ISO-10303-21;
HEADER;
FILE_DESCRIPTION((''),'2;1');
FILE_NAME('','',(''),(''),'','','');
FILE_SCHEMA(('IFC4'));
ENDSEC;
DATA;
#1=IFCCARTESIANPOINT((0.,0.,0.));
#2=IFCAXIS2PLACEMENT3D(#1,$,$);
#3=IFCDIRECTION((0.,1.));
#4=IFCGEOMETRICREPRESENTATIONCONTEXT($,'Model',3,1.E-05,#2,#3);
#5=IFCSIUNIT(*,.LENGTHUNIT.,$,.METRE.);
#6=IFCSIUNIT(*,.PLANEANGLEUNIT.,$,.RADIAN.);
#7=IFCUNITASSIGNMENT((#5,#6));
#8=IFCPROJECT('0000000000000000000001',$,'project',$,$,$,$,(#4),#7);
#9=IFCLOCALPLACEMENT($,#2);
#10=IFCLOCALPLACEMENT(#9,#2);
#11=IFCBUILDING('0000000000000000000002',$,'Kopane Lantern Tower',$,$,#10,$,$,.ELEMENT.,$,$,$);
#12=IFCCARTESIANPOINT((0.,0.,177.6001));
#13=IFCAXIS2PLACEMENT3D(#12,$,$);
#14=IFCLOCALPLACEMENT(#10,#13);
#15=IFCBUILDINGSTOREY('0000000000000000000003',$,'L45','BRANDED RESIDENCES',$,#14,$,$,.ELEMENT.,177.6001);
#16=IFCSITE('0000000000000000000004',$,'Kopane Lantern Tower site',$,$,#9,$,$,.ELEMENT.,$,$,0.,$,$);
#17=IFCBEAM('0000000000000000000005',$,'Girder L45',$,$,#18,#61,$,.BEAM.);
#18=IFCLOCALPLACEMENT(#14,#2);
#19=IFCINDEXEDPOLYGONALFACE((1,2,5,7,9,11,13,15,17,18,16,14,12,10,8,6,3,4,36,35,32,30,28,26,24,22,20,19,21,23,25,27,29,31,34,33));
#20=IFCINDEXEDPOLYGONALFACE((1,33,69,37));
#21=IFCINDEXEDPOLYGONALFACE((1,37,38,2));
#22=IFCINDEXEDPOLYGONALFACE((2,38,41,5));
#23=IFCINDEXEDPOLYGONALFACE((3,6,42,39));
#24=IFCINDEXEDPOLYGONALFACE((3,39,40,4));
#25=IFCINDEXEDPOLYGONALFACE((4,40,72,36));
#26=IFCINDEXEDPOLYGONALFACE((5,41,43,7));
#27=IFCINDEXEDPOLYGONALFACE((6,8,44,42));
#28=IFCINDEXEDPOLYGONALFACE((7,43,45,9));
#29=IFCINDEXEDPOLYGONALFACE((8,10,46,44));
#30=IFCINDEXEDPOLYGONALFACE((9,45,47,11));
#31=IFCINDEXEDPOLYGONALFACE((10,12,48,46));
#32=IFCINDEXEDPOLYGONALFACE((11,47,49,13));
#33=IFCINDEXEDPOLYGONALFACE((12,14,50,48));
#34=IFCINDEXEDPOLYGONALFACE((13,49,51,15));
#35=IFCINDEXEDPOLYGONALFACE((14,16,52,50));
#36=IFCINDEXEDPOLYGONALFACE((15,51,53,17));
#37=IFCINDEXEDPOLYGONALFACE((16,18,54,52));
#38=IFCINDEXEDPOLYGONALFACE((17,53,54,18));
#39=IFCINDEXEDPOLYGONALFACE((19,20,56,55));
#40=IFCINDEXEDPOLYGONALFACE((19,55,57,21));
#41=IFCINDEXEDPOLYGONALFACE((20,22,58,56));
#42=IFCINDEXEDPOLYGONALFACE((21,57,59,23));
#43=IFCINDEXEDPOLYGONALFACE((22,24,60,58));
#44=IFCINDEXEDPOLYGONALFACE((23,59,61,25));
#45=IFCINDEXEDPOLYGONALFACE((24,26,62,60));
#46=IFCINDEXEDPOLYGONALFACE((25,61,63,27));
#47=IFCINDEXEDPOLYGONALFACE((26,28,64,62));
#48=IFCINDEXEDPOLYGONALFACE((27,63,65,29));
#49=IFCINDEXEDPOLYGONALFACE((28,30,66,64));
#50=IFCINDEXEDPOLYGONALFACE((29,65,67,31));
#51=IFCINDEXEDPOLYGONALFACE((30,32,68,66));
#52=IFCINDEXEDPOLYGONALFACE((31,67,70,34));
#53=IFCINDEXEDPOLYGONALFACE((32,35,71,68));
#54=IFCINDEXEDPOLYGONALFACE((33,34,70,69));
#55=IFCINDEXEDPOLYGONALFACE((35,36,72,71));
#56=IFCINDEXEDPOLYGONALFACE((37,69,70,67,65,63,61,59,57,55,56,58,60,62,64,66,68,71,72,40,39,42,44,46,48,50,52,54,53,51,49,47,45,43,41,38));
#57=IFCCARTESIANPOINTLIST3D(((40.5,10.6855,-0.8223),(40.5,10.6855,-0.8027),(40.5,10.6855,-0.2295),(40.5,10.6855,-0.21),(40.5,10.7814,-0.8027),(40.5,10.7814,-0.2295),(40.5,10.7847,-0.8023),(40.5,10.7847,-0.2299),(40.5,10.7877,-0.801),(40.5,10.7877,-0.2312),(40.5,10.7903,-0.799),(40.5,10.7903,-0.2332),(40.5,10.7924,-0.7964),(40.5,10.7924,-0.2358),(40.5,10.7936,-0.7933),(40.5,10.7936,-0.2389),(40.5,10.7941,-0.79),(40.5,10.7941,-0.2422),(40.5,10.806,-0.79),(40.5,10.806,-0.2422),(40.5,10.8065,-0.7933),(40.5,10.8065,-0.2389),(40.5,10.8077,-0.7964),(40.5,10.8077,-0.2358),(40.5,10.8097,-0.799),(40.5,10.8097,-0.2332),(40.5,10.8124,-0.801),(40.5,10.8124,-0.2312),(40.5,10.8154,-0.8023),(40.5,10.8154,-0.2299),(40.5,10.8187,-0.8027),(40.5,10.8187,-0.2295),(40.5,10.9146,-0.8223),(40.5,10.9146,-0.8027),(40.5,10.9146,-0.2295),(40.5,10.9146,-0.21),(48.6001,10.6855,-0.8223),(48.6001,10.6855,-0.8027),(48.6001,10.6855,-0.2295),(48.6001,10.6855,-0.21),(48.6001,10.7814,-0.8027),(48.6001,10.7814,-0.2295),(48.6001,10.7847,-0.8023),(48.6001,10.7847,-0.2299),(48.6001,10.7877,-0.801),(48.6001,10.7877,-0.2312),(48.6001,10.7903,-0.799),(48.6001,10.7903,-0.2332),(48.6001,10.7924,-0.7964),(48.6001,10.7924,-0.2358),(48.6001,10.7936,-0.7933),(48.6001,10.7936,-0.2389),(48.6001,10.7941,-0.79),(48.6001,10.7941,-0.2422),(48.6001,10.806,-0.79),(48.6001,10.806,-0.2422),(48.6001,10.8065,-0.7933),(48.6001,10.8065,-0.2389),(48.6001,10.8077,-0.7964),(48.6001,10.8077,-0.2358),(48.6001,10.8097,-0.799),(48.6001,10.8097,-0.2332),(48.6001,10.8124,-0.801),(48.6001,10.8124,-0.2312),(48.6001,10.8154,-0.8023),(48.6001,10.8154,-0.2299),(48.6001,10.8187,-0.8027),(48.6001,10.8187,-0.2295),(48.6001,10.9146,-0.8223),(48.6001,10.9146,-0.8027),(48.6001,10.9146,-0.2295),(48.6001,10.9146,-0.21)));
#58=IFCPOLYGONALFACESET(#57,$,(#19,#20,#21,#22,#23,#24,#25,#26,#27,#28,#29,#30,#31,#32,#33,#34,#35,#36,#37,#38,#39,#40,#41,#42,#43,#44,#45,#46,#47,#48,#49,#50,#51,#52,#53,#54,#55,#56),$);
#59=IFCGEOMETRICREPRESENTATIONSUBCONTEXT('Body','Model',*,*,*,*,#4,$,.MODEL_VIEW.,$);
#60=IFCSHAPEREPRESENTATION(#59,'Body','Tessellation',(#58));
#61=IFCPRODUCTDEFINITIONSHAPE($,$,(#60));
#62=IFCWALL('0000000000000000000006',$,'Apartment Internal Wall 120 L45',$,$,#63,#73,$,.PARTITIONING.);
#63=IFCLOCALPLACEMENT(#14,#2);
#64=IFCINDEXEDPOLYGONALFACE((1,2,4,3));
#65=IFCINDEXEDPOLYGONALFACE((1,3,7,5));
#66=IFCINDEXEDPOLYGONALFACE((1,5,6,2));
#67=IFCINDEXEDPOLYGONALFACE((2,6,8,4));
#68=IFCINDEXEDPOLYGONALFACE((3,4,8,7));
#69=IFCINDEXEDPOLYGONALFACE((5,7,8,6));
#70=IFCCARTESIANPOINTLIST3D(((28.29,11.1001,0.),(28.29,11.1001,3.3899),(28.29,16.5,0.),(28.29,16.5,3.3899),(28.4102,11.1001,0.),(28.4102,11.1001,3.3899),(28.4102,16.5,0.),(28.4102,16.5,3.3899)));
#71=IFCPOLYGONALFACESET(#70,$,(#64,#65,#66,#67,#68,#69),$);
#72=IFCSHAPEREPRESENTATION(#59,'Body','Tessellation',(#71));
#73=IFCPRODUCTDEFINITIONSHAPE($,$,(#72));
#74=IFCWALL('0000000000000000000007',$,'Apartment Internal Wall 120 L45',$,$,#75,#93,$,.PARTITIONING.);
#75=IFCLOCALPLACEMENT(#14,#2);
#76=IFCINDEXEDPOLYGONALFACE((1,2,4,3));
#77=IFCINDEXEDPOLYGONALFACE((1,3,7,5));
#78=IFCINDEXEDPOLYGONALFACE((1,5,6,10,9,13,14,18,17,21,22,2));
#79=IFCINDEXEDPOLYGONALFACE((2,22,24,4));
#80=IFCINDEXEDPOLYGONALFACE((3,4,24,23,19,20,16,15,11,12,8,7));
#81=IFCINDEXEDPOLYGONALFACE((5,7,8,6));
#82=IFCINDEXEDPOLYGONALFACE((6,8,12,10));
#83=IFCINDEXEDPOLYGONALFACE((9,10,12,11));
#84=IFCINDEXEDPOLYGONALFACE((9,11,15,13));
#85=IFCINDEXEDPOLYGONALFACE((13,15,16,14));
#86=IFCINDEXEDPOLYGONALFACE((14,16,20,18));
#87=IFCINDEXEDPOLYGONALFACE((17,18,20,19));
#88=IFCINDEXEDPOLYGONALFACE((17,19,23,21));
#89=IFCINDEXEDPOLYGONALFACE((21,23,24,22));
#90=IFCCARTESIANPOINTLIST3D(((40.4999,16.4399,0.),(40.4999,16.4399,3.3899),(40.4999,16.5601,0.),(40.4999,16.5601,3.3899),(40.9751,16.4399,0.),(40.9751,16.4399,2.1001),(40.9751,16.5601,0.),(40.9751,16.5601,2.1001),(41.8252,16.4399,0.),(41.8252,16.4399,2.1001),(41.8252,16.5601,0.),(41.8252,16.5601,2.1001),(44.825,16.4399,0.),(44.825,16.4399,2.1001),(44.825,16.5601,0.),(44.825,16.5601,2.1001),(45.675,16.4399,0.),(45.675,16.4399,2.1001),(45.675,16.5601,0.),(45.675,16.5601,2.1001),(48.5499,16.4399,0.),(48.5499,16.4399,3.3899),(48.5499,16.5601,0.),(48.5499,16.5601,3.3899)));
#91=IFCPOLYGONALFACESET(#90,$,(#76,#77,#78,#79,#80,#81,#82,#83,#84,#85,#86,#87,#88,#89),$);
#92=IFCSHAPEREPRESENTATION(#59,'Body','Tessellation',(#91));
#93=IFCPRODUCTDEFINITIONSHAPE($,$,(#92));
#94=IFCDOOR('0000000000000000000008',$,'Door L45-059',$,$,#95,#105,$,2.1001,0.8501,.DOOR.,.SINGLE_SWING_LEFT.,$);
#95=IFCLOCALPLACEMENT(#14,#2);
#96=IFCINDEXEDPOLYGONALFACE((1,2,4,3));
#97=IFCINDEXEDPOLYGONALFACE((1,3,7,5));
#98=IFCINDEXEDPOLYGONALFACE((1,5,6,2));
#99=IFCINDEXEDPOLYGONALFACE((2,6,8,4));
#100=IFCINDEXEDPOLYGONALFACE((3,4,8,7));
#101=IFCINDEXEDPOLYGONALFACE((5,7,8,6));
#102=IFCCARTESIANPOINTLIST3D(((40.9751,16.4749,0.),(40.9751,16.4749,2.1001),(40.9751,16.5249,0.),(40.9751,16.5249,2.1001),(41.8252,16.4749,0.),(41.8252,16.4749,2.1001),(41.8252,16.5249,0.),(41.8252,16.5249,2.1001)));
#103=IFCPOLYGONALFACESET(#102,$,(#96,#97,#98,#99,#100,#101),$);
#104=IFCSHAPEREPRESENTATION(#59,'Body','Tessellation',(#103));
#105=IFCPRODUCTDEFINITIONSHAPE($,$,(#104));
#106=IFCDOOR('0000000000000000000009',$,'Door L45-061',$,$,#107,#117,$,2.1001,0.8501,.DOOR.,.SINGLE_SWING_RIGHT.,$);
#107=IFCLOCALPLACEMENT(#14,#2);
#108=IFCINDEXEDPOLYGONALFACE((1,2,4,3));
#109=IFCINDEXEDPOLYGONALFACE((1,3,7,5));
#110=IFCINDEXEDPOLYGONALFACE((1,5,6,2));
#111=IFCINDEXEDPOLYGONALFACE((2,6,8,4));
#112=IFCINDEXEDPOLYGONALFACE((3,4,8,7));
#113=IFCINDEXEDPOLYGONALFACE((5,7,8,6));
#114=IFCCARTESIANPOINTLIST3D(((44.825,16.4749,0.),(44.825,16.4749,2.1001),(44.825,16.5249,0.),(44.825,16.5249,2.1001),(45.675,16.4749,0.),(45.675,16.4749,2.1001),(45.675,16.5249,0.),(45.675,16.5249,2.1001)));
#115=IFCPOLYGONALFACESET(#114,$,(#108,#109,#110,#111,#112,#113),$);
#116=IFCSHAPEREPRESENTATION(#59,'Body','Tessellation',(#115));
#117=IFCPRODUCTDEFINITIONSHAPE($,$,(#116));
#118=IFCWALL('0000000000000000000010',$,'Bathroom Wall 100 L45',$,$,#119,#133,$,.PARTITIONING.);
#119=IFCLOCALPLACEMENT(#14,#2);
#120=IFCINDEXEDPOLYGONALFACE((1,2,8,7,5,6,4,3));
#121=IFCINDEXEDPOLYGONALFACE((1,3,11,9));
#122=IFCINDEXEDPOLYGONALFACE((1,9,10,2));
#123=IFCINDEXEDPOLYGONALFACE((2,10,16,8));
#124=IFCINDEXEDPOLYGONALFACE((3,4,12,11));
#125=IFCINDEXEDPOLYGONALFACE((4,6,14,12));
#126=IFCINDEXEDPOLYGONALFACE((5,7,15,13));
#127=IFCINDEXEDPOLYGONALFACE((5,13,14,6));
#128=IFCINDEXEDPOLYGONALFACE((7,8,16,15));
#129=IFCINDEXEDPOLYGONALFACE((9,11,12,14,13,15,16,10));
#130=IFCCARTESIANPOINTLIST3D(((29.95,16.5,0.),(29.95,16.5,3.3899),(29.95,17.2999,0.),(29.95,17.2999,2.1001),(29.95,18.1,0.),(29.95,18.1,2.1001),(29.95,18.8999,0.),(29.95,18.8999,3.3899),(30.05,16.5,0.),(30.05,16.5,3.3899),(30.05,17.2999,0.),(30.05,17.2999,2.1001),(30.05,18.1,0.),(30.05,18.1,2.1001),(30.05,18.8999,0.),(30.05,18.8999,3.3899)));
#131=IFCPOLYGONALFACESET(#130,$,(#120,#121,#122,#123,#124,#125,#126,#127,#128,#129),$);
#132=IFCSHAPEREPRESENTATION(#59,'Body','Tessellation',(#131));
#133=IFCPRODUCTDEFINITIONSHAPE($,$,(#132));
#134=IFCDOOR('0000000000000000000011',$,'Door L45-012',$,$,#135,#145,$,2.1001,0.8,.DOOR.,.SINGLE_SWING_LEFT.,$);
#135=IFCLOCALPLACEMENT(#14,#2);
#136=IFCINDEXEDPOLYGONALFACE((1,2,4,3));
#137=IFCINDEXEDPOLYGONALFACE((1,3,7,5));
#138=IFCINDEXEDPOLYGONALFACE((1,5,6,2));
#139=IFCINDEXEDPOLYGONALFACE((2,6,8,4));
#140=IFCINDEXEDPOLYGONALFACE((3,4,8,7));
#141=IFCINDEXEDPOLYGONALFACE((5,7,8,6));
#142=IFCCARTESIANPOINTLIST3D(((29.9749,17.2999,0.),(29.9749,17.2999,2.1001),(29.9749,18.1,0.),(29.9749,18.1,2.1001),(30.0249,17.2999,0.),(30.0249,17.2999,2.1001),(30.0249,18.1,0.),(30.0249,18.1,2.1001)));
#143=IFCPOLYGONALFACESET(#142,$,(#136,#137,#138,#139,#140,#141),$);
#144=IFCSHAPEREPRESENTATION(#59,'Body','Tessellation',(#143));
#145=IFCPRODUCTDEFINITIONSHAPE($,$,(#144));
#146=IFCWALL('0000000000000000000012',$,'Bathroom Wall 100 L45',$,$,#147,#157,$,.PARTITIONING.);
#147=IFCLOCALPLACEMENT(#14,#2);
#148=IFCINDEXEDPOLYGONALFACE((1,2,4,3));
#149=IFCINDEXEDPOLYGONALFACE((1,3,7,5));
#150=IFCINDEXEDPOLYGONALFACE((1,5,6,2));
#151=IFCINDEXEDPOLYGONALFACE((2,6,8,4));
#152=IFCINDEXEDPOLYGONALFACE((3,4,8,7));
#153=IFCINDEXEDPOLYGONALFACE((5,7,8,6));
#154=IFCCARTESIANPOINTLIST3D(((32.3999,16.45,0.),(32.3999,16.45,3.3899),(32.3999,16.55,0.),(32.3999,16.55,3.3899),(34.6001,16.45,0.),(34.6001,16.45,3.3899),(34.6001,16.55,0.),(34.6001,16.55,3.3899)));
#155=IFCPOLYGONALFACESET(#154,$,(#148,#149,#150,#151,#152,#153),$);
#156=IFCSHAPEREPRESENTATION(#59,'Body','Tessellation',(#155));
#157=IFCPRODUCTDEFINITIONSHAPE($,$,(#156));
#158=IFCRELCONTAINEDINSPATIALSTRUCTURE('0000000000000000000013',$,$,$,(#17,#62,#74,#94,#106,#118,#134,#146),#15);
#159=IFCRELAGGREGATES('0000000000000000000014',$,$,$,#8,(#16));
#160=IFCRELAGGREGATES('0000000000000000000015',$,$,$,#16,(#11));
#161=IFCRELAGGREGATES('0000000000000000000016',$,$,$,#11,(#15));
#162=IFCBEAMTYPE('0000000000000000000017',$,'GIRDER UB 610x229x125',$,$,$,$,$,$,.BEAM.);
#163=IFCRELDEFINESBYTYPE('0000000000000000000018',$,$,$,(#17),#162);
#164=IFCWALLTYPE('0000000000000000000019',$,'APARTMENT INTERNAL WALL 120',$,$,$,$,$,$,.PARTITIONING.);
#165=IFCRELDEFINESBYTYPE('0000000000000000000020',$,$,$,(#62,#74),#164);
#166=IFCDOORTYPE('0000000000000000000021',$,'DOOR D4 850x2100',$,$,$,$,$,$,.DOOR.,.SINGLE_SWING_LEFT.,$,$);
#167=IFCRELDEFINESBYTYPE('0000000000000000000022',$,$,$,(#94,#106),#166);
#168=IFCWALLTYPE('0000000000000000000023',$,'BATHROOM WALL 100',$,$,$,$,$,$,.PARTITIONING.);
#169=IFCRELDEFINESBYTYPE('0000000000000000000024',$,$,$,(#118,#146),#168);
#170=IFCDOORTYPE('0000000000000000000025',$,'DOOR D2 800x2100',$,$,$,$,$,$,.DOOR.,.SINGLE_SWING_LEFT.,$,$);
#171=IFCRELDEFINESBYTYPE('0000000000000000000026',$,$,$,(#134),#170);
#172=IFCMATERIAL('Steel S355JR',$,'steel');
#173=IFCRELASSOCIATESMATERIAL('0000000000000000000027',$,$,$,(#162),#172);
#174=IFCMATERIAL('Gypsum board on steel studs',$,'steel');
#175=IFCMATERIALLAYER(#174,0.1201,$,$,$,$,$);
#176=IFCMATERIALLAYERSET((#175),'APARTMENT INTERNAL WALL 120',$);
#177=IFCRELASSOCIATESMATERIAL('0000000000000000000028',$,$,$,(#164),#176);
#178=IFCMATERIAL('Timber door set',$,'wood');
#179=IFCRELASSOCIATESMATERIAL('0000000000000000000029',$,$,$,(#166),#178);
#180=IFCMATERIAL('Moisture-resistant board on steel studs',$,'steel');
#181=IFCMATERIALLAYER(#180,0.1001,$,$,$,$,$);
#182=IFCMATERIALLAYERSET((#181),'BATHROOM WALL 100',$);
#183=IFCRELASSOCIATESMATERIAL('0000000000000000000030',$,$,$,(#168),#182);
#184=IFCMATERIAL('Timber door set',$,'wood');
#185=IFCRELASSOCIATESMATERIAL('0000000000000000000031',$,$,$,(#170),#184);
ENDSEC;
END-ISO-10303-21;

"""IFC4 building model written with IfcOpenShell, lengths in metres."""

from ifc_helpers import new_model, si_unit, direction, frame, frame_2d, origin, origin_2d, place, context, subcontext, project, spatial, rectangle, i_section, extrude, material, layer, layer_set, material_profile, profile_set, type_object, element, fill, save


model = new_model("IFC4")

# Units and contexts
model_context = context("Model", 3, precision=1e-05, world=origin(), true_north=direction((0.0, 1.0)))
body_context = subcontext(model_context, "Body", "Model", "MODEL_VIEW")
ifc_project = project(units=[si_unit("LENGTHUNIT", "METRE"), si_unit("PLANEANGLEUNIT", "RADIAN")], contexts=[model_context])

# Site, building, storey
site_placement = place(None, origin())
site = spatial("IfcSite", under=ifc_project, at=site_placement, Name="Kopane Lantern Tower site", CompositionType="ELEMENT", RefElevation=0.0)
building_placement = place(site_placement, origin())
building = spatial("IfcBuilding", under=site, at=building_placement, Name="Kopane Lantern Tower", CompositionType="ELEMENT")
storey_placement = place(building_placement, frame((0.0, 0.0, 177.6001)))
storey = spatial("IfcBuildingStorey", under=building, at=storey_placement, Name="L45", Description="BRANDED RESIDENCES", CompositionType="ELEMENT", Elevation=177.6001)

# Beam
ifc_material_1 = material(Name="Steel S355JR", Category="steel")
ifc_material_profile_1 = material_profile(ifc_material_1, i_section(OverallWidth=0.229, OverallDepth=0.6123, WebThickness=0.012, FlangeThickness=0.0195, FilletRadius=0.0127, at=origin_2d()), Name="UB 610x229x125")
ifc_profile_set_1 = profile_set([ifc_material_profile_1], Name="Steel S355JR")
beam_type = type_object("IfcBeamType", Name="GIRDER UB 610x229x125", PredefinedType="BEAM", material=ifc_profile_set_1)
beam_1_placement = place(storey_placement, frame((40.5, 10.8, -0.5161), z_axis=(1.0, 0.0, 0.0), x_axis=(0.0, 1.0, 0.0)))
element("IfcBeam", 1, at=beam_1_placement, inside=storey, type_object=beam_type, Name="Girder L45", PredefinedType="BEAM", context=body_context, shape_type="SweptSolid", body=[
    extrude(i_section(OverallWidth=0.229, OverallDepth=0.6123, WebThickness=0.012, FlangeThickness=0.0195, FilletRadius=0.0127, at=origin_2d()), origin(), (0.0, 0.0, 1.0), 8.1001),
])

# Wall
ifc_material_2 = material(Name="Gypsum board on steel studs", Category="steel")
ifc_layer_1 = layer(ifc_material_2, 0.1201)
ifc_layer_set_1 = layer_set([ifc_layer_1], Name="APARTMENT INTERNAL WALL 120")
wall_type_1 = type_object("IfcWallType", Name="APARTMENT INTERNAL WALL 120", PredefinedType="PARTITIONING", material=ifc_layer_set_1)
wall_1_placement = place(storey_placement, frame((28.3501, 16.5, 0.0), z_axis=(0.0, 0.0, 1.0), x_axis=(0.0, -1.0, 0.0)))
element("IfcWall", 2, at=wall_1_placement, inside=storey, type_object=wall_type_1, Name="Apartment Internal Wall 120 L45", PredefinedType="PARTITIONING", context=body_context, shape_type="SweptSolid", body=[
    extrude(rectangle(XDim=5.3999, YDim=0.1201, at=frame_2d((2.7, 0.0))), origin(), (0.0, 0.0, 1.0), 3.3899),
])

# Wall, openings, doors
wall_2_placement = place(storey_placement, frame((40.5, 16.5, 0.0), z_axis=(0.0, 0.0, 1.0), x_axis=(1.0, 0.0, 0.0)))
wall_2 = element("IfcWall", 3, at=wall_2_placement, inside=storey, type_object=wall_type_1, Name="Apartment Internal Wall 120 L45", PredefinedType="PARTITIONING", context=body_context, shape_type="SweptSolid", body=[
    extrude(rectangle(XDim=8.05, YDim=0.1201, at=frame_2d((4.0249, 0.0))), origin(), (0.0, 0.0, 1.0), 3.3899),
])
opening_1_placement = place(wall_2_placement, frame((0.4751, 0.0, 0.0)))
opening_1 = element("IfcOpeningElement", 4, at=opening_1_placement, cuts=wall_2, PredefinedType="OPENING", context=body_context, shape_type="SweptSolid", body=[
    extrude(rectangle(XDim=0.8501, YDim=2.1001, at=frame_2d((0.425, 1.05))), frame((0.0, 0.0701, 0.0), z_axis=(0.0, -1.0, 0.0), x_axis=(1.0, 0.0, 0.0)), (0.0, 0.0, 1.0), 0.1401),
])
opening_2_placement = place(wall_2_placement, frame((4.325, 0.0, 0.0)))
opening_2 = element("IfcOpeningElement", 5, at=opening_2_placement, cuts=wall_2, PredefinedType="OPENING", context=body_context, shape_type="SweptSolid", body=[
    extrude(rectangle(XDim=0.8501, YDim=2.1001, at=frame_2d((0.425, 1.05))), frame((0.0, 0.0701, 0.0), z_axis=(0.0, -1.0, 0.0), x_axis=(1.0, 0.0, 0.0)), (0.0, 0.0, 1.0), 0.1401),
])
ifc_material_3 = material(Name="Timber door set", Category="wood")
door_type_1 = type_object("IfcDoorType", Name="DOOR D4 850x2100", OperationType="SINGLE_SWING_LEFT", PredefinedType="DOOR", material=ifc_material_3)
door_1_placement = place(opening_1_placement, origin())
door_1 = element("IfcDoor", 6, at=door_1_placement, inside=storey, type_object=door_type_1, Name="Door L45-059", OperationType="SINGLE_SWING_LEFT", OverallHeight=2.1001, OverallWidth=0.8501, PredefinedType="DOOR", context=body_context, shape_type="SweptSolid", body=[
    extrude(rectangle(XDim=0.8501, YDim=2.1001, at=frame_2d((0.425, 1.05))), frame((0.0, 0.0249, 0.0), z_axis=(0.0, -1.0, 0.0), x_axis=(1.0, 0.0, 0.0)), (0.0, 0.0, 1.0), 0.05),
])
fill(opening_1, door_1)
door_2_placement = place(opening_2_placement, origin())
door_2 = element("IfcDoor", 7, at=door_2_placement, inside=storey, type_object=door_type_1, Name="Door L45-061", OperationType="SINGLE_SWING_RIGHT", OverallHeight=2.1001, OverallWidth=0.8501, PredefinedType="DOOR", context=body_context, shape_type="SweptSolid", body=[
    extrude(rectangle(XDim=0.8501, YDim=2.1001, at=frame_2d((0.425, 1.05))), frame((0.0, 0.0249, 0.0), z_axis=(0.0, -1.0, 0.0), x_axis=(1.0, 0.0, 0.0)), (0.0, 0.0, 1.0), 0.05),
])
fill(opening_2, door_2)

# Wall, opening, door
ifc_material_4 = material(Name="Moisture-resistant board on steel studs", Category="steel")
ifc_layer_2 = layer(ifc_material_4, 0.1001)
ifc_layer_set_2 = layer_set([ifc_layer_2], Name="BATHROOM WALL 100")
wall_type_2 = type_object("IfcWallType", Name="BATHROOM WALL 100", PredefinedType="PARTITIONING", material=ifc_layer_set_2)
wall_3_placement = place(storey_placement, frame((30.0, 18.8999, 0.0), z_axis=(0.0, 0.0, 1.0), x_axis=(0.0, -1.0, 0.0)))
wall_3 = element("IfcWall", 8, at=wall_3_placement, inside=storey, type_object=wall_type_2, Name="Bathroom Wall 100 L45", PredefinedType="PARTITIONING", context=body_context, shape_type="SweptSolid", body=[
    extrude(rectangle(XDim=2.3999, YDim=0.1001, at=frame_2d((1.2, 0.0))), origin(), (0.0, 0.0, 1.0), 3.3899),
])
opening_3_placement = place(wall_3_placement, frame((0.8, 0.0, 0.0)))
opening_3 = element("IfcOpeningElement", 9, at=opening_3_placement, cuts=wall_3, PredefinedType="OPENING", context=body_context, shape_type="SweptSolid", body=[
    extrude(rectangle(XDim=0.8, YDim=2.1001, at=frame_2d((0.3999, 1.05))), frame((0.0, 0.0601, 0.0), z_axis=(0.0, -1.0, 0.0), x_axis=(1.0, 0.0, 0.0)), (0.0, 0.0, 1.0), 0.1201),
])
ifc_material_5 = material(Name="Timber door set", Category="wood")
door_type_2 = type_object("IfcDoorType", Name="DOOR D2 800x2100", OperationType="SINGLE_SWING_LEFT", PredefinedType="DOOR", material=ifc_material_5)
door_3_placement = place(opening_3_placement, origin())
door_3 = element("IfcDoor", 10, at=door_3_placement, inside=storey, type_object=door_type_2, Name="Door L45-012", OperationType="SINGLE_SWING_LEFT", OverallHeight=2.1001, OverallWidth=0.8, PredefinedType="DOOR", context=body_context, shape_type="SweptSolid", body=[
    extrude(rectangle(XDim=0.8, YDim=2.1001, at=frame_2d((0.3999, 1.05))), frame((0.0, 0.0249, 0.0), z_axis=(0.0, -1.0, 0.0), x_axis=(1.0, 0.0, 0.0)), (0.0, 0.0, 1.0), 0.05),
])
fill(opening_3, door_3)

# Wall
wall_4_placement = place(storey_placement, frame((32.3999, 16.5, 0.0), z_axis=(0.0, 0.0, 1.0), x_axis=(1.0, 0.0, 0.0)))
element("IfcWall", 11, at=wall_4_placement, inside=storey, type_object=wall_type_2, Name="Bathroom Wall 100 L45", PredefinedType="PARTITIONING", context=body_context, shape_type="SweptSolid", body=[
    extrude(rectangle(XDim=2.2002, YDim=0.1001, at=frame_2d((1.1001, 0.0))), origin(), (0.0, 0.0, 1.0), 3.3899),
])

save(model, "model.ifc")
